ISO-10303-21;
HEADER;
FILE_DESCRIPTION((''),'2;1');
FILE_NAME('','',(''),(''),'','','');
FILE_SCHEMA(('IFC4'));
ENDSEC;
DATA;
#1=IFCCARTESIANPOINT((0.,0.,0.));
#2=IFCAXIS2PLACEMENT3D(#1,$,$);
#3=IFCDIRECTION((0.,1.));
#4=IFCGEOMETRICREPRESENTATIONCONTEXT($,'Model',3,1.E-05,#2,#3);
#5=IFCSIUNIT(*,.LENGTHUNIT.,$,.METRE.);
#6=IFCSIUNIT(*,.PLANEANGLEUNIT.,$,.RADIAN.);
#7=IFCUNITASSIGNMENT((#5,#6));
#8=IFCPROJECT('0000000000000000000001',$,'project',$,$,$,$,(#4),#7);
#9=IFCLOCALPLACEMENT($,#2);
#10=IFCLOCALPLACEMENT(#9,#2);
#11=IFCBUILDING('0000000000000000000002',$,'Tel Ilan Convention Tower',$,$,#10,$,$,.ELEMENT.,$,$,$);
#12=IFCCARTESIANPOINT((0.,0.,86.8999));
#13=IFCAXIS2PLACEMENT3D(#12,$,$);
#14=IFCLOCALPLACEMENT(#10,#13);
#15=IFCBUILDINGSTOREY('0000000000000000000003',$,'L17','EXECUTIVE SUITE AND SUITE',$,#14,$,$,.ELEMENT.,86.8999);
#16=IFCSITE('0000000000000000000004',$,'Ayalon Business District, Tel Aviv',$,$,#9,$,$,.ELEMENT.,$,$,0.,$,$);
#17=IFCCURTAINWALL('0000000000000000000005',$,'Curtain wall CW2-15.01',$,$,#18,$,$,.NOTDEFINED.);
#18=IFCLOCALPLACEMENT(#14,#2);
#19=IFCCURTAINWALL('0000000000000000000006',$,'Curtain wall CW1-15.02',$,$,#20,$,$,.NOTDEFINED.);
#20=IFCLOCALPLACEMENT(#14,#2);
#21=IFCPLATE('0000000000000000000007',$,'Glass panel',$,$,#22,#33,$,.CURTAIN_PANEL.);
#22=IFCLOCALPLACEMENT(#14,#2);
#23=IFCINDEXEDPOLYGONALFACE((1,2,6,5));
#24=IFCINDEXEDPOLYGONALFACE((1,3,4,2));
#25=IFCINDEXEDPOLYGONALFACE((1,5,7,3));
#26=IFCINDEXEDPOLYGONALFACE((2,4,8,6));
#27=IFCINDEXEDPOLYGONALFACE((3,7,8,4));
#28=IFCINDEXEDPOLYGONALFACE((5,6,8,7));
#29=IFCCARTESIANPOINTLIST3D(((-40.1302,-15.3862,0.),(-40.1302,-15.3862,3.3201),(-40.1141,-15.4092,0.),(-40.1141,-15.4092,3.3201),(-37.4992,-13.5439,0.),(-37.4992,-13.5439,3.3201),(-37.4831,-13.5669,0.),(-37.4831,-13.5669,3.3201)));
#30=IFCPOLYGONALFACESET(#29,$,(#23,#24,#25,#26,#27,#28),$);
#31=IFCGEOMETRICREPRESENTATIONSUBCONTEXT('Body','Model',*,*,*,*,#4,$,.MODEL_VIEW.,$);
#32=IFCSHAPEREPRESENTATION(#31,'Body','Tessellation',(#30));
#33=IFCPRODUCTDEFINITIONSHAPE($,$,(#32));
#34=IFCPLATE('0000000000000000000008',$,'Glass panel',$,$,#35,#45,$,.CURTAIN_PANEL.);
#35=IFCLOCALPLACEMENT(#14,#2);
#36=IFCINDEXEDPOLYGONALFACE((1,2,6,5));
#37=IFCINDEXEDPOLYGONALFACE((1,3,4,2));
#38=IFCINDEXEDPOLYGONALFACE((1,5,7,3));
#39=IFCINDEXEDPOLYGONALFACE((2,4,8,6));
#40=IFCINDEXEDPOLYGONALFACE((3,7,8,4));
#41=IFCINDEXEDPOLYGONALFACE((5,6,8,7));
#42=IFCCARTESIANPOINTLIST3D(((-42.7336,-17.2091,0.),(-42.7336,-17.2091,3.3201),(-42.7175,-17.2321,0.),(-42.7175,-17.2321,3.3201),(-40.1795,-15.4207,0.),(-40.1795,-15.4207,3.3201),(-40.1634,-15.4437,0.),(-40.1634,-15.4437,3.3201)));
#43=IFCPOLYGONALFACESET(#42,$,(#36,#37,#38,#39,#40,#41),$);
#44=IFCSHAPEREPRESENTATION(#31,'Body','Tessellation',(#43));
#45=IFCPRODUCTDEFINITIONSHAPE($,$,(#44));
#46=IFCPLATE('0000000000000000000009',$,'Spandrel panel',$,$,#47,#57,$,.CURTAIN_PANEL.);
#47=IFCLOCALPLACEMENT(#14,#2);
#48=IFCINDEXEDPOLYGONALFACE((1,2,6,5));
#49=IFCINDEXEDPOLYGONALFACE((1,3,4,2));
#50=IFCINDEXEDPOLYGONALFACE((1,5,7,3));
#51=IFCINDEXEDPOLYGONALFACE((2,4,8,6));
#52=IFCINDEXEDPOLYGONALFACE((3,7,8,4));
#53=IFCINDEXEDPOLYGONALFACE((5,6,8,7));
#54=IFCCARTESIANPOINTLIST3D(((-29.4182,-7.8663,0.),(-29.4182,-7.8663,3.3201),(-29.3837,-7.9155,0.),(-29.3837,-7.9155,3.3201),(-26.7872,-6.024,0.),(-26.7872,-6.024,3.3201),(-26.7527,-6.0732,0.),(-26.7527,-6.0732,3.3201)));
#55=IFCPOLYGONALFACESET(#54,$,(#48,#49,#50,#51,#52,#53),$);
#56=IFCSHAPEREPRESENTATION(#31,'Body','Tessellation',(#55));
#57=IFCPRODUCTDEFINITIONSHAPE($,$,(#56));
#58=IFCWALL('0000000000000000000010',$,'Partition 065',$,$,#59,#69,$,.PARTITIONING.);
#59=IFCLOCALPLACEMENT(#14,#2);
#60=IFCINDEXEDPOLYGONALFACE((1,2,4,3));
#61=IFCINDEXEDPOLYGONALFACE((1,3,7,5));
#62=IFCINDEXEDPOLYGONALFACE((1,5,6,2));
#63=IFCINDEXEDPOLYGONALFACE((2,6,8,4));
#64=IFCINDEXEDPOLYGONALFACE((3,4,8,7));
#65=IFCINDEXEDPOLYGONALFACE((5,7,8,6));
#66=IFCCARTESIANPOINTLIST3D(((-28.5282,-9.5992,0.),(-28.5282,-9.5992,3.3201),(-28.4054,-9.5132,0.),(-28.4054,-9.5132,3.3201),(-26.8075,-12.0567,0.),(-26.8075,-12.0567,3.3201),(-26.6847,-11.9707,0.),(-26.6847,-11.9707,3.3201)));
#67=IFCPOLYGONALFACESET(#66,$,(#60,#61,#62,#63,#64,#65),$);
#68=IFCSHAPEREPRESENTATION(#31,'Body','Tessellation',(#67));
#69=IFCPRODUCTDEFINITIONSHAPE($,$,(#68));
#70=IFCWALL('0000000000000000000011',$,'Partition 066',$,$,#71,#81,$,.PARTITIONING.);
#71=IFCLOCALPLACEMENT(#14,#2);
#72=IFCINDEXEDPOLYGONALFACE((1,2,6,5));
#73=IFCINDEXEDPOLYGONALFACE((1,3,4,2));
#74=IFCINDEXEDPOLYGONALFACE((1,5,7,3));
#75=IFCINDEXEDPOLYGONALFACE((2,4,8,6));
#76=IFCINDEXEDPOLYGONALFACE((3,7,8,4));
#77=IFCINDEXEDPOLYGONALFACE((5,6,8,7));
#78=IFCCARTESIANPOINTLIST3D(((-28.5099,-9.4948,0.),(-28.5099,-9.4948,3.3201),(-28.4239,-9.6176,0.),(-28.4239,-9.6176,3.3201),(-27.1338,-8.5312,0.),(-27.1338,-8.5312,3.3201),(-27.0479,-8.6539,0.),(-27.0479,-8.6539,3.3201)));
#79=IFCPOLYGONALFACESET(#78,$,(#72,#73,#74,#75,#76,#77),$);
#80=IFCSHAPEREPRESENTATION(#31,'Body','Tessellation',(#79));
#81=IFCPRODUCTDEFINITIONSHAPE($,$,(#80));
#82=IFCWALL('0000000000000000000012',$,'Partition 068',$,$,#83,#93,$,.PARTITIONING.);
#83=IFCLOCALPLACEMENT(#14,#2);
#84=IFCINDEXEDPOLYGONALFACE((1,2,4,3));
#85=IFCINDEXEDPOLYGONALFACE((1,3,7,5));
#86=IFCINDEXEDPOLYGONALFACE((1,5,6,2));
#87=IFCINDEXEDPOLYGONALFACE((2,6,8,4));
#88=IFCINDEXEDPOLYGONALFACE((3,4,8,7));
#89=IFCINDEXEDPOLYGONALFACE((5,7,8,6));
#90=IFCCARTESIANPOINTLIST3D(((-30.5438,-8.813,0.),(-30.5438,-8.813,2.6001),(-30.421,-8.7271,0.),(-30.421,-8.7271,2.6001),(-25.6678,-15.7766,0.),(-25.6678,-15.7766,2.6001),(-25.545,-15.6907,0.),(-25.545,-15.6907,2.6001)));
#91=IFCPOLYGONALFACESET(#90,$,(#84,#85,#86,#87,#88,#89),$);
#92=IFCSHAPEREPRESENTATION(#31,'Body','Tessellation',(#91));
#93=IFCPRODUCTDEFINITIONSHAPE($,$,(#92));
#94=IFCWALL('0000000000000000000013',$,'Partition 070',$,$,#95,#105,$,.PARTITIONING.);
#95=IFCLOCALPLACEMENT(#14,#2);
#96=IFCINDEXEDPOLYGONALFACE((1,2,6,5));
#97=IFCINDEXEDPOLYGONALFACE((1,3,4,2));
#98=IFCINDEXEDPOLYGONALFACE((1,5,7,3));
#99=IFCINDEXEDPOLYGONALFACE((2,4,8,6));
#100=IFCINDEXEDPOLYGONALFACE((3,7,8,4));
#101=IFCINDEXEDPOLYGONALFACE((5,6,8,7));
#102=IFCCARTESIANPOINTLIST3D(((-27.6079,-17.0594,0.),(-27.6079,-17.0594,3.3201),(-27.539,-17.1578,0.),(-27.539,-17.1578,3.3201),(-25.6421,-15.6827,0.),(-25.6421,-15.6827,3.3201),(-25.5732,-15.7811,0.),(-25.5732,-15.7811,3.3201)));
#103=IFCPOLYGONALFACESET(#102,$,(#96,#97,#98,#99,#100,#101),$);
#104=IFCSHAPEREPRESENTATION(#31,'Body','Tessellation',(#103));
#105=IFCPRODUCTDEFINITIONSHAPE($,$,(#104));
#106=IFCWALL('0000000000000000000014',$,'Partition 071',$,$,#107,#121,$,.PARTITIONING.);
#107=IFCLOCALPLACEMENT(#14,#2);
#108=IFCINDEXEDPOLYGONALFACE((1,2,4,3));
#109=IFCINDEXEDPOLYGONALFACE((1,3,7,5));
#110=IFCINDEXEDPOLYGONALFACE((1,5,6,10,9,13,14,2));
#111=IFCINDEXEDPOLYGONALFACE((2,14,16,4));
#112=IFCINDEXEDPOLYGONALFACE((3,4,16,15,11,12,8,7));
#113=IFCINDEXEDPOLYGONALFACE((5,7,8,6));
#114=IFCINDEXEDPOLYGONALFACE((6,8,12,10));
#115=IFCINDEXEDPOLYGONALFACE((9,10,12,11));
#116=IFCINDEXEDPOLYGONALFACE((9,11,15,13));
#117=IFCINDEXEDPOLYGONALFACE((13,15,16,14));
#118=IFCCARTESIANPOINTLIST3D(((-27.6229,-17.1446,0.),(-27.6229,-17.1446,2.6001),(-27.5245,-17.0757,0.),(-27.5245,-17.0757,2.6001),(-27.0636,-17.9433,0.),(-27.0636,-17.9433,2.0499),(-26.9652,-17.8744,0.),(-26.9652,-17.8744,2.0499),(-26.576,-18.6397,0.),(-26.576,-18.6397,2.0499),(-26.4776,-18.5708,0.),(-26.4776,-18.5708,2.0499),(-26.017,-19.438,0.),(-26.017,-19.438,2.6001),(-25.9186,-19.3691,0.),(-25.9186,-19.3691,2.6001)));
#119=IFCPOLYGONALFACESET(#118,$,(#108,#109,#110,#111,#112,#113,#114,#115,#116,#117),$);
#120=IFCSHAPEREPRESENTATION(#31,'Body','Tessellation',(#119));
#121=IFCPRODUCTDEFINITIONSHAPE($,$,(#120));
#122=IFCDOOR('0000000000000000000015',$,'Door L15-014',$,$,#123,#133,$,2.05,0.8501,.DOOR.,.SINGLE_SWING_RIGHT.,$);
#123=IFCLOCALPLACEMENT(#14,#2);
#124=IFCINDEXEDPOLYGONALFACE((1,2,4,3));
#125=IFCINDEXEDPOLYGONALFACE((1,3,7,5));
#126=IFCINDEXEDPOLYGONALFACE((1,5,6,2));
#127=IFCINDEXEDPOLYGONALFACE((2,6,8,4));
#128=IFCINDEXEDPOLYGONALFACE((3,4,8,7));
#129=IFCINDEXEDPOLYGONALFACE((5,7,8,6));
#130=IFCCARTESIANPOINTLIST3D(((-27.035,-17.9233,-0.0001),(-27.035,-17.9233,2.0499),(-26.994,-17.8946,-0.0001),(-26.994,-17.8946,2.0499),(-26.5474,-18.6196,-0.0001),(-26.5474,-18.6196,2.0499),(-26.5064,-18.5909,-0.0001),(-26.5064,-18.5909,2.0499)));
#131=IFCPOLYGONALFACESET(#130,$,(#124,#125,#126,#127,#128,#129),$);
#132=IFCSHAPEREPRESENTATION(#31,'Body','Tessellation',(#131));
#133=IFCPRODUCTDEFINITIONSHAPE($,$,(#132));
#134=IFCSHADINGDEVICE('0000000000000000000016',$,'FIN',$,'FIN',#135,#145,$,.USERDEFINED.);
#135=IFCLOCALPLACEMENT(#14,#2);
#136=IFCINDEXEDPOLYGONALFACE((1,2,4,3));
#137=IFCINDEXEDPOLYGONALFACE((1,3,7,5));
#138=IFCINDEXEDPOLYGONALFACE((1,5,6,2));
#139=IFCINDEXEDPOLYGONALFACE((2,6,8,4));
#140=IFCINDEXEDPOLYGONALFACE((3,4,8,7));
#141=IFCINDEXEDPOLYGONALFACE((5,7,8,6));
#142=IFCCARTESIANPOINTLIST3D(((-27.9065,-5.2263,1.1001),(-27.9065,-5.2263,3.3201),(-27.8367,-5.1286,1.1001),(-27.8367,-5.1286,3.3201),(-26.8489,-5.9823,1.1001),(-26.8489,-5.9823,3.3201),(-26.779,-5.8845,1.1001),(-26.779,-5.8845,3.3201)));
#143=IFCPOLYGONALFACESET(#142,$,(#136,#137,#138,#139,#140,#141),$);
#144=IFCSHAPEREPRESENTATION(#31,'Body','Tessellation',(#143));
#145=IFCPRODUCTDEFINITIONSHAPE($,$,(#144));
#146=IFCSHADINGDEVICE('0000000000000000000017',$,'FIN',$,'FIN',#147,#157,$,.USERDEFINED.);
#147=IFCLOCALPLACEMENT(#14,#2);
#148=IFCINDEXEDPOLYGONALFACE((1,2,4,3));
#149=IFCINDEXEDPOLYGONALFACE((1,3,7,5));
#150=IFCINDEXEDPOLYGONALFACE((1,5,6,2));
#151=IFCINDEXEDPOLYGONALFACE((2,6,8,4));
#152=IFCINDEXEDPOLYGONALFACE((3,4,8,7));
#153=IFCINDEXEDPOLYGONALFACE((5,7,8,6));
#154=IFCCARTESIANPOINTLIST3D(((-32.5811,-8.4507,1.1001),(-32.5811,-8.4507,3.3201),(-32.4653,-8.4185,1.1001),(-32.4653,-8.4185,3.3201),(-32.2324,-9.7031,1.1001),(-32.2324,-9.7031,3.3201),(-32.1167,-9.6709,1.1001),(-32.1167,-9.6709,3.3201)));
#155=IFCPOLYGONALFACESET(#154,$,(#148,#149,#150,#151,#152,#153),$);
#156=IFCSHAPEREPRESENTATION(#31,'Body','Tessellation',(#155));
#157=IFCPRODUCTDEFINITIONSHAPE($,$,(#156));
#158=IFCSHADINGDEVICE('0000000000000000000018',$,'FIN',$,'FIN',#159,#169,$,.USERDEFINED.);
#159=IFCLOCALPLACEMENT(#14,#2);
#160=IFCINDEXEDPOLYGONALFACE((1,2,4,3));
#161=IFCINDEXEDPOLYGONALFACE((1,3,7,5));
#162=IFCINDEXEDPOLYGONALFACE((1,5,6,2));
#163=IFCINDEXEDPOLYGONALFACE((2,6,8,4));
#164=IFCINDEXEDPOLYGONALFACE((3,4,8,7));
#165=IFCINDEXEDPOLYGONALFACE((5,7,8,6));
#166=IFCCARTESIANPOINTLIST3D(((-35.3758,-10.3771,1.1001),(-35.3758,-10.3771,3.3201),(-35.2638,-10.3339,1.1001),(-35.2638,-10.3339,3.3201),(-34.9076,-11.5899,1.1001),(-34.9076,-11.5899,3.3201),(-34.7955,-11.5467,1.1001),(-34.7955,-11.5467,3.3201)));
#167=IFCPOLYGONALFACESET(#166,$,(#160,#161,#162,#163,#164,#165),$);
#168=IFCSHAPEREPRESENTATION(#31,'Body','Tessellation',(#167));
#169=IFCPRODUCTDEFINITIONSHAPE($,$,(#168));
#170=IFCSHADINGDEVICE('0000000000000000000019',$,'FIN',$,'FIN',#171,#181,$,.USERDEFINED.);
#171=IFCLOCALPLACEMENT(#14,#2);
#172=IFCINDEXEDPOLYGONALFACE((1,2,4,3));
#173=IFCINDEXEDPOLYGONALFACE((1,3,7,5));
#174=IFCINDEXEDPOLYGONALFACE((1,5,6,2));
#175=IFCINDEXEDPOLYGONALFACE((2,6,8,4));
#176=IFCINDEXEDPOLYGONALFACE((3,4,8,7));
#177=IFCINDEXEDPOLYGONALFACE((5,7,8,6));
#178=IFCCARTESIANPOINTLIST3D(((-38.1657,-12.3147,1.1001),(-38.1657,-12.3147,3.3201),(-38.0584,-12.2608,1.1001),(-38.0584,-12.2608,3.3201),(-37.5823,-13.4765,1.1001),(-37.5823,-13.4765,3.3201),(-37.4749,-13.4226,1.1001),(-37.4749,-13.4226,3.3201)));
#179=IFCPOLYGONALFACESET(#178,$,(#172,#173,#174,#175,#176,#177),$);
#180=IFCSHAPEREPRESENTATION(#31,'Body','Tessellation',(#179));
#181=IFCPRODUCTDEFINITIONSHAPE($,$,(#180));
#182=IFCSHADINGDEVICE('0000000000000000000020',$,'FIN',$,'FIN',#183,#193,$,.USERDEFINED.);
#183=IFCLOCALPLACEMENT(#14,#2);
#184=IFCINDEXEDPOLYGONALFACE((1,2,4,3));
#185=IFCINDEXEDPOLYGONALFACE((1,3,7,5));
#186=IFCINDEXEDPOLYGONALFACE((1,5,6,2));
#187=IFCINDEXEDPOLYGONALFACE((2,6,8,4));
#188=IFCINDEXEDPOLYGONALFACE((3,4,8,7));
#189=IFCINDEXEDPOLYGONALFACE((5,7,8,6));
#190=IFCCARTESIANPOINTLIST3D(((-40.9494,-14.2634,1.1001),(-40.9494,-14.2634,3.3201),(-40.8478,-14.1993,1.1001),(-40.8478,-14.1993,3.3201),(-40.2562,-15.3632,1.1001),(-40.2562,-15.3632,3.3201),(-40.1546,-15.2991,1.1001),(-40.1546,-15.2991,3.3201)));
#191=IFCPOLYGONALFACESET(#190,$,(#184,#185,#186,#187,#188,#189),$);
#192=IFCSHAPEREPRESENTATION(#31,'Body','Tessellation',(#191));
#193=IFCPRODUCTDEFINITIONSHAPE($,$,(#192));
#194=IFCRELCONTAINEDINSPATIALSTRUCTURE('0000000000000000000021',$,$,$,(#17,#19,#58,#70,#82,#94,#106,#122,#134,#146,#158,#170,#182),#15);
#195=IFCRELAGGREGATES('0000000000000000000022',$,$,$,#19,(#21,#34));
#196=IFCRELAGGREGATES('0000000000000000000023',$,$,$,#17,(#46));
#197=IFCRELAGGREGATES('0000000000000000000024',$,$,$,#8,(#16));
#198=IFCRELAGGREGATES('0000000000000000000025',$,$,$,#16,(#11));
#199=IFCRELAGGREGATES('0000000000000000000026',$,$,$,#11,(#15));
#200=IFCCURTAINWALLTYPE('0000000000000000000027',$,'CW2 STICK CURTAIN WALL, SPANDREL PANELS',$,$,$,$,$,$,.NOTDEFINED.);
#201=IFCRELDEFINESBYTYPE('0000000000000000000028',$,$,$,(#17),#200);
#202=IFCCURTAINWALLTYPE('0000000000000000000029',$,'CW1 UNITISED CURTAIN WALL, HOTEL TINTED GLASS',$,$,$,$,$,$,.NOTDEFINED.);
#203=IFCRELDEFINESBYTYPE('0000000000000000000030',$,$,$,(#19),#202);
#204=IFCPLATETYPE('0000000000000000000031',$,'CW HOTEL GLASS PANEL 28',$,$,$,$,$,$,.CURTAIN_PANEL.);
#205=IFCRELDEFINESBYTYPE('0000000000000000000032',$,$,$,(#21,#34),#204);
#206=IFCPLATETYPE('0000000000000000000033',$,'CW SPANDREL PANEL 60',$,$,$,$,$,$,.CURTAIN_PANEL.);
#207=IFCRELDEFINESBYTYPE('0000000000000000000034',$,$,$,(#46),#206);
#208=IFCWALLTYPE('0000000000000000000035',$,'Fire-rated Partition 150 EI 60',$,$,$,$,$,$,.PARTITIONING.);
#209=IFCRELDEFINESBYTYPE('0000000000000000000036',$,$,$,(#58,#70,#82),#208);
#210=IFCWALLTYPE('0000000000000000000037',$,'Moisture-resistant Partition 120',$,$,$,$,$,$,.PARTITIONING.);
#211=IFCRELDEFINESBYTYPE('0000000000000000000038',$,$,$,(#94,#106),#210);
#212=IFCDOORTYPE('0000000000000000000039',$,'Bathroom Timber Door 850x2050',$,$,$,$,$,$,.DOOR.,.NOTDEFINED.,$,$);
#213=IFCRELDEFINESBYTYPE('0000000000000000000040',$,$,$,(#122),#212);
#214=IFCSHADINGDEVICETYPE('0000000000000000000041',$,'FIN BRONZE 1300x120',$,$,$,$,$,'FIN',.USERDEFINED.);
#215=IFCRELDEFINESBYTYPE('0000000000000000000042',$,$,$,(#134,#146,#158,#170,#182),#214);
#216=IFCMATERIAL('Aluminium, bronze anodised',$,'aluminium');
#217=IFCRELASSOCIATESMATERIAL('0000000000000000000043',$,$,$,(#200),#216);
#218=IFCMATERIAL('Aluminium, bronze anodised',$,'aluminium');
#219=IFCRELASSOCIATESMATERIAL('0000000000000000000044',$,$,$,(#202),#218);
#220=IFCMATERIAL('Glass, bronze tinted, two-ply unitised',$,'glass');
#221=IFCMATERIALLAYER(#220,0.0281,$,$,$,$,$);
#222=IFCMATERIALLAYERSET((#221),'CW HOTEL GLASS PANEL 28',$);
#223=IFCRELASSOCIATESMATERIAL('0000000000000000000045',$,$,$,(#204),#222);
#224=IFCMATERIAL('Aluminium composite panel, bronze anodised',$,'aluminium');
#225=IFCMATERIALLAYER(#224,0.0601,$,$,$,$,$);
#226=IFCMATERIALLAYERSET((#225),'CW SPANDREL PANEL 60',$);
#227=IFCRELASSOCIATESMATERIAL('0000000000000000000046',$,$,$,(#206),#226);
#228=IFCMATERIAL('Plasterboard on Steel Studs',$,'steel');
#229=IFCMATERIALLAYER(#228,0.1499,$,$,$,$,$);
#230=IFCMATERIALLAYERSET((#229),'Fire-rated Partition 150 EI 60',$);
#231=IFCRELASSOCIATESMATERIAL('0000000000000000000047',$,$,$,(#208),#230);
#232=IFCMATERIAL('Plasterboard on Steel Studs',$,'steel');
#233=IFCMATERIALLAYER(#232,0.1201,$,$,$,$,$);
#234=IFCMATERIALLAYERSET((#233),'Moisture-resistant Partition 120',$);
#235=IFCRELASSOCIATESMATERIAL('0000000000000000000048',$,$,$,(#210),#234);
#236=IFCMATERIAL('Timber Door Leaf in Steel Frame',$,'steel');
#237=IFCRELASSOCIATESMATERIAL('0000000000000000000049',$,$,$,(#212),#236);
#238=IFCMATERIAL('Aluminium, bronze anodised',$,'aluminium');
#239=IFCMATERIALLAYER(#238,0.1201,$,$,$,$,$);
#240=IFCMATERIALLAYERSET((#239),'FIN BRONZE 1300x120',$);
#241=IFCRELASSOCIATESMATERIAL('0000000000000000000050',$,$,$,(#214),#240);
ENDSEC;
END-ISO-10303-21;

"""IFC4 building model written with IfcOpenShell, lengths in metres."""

from ifc_helpers import new_model, si_unit, direction, frame, frame_2d, origin, origin_2d, place, context, subcontext, project, spatial, rectangle, extrude, material, layer, layer_set, type_object, element, fill, aggregate, save


model = new_model("IFC4")

# Units and contexts
model_context = context("Model", 3, precision=1e-05, world=origin(), true_north=direction((0.0, 1.0)))
body_context = subcontext(model_context, "Body", "Model", "MODEL_VIEW")
ifc_project = project(units=[si_unit("LENGTHUNIT", "METRE"), si_unit("PLANEANGLEUNIT", "RADIAN")], contexts=[model_context])

# Site, building, storey
site_placement = place(None, origin())
site = spatial("IfcSite", under=ifc_project, at=site_placement, Name="Ayalon Business District, Tel Aviv", CompositionType="ELEMENT", RefElevation=0.0)
building_placement = place(site_placement, origin())
building = spatial("IfcBuilding", under=site, at=building_placement, Name="Tel Ilan Convention Tower", CompositionType="ELEMENT")
storey_placement = place(building_placement, frame((0.0, 0.0, 86.8999)))
storey = spatial("IfcBuildingStorey", under=building, at=storey_placement, Name="L17", Description="EXECUTIVE SUITE AND SUITE", CompositionType="ELEMENT", Elevation=86.8999)

# Curtain wall
ifc_material_1 = material(Name="Aluminium, bronze anodised", Category="aluminium")
curtain_wall_type_1 = type_object("IfcCurtainWallType", Name="CW2 STICK CURTAIN WALL, SPANDREL PANELS", PredefinedType="NOTDEFINED", material=ifc_material_1)
curtain_wall_1_placement = place(storey_placement, origin())
curtain_wall_1 = element("IfcCurtainWall", 1, at=curtain_wall_1_placement, inside=storey, type_object=curtain_wall_type_1, Name="Curtain wall CW2-15.01", PredefinedType="NOTDEFINED")

# Curtain wall, plates
ifc_material_2 = material(Name="Aluminium, bronze anodised", Category="aluminium")
curtain_wall_type_2 = type_object("IfcCurtainWallType", Name="CW1 UNITISED CURTAIN WALL, HOTEL TINTED GLASS", PredefinedType="NOTDEFINED", material=ifc_material_2)
curtain_wall_2_placement = place(storey_placement, origin())
curtain_wall_2 = element("IfcCurtainWall", 2, at=curtain_wall_2_placement, inside=storey, type_object=curtain_wall_type_2, Name="Curtain wall CW1-15.02", PredefinedType="NOTDEFINED")
ifc_material_3 = material(Name="Glass, bronze tinted, two-ply unitised", Category="glass")
ifc_layer_1 = layer(ifc_material_3, 0.0281)
ifc_layer_set_1 = layer_set([ifc_layer_1], Name="CW HOTEL GLASS PANEL 28")
plate_type_1 = type_object("IfcPlateType", Name="CW HOTEL GLASS PANEL 28", PredefinedType="CURTAIN_PANEL", material=ifc_layer_set_1)
plate_1_placement = place(storey_placement, frame((-38.8066, -14.4766, 0.0), z_axis=(0.0, 0.0, 1.0), x_axis=(-0.819152, -0.573576, 0.0)))
plate_1 = element("IfcPlate", 3, at=plate_1_placement, type_object=plate_type_1, Name="Glass panel", PredefinedType="CURTAIN_PANEL", context=body_context, shape_type="SweptSolid", body=[
    extrude(rectangle(XDim=3.2119, YDim=0.0281, at=origin_2d()), origin(), (0.0, 0.0, 1.0), 3.3201),
])
plate_2_placement = place(storey_placement, frame((-41.4485, -16.3264, 0.0), z_axis=(0.0, 0.0, 1.0), x_axis=(-0.819152, -0.573576, 0.0)))
plate_2 = element("IfcPlate", 4, at=plate_2_placement, type_object=plate_type_1, Name="Glass panel", PredefinedType="CURTAIN_PANEL", context=body_context, shape_type="SweptSolid", body=[
    extrude(rectangle(XDim=3.1179, YDim=0.0281, at=origin_2d()), origin(), (0.0, 0.0, 1.0), 3.3201),
])
aggregate(curtain_wall_2, [plate_1, plate_2])

# Plate
ifc_material_4 = material(Name="Aluminium composite panel, bronze anodised", Category="aluminium")
ifc_layer_2 = layer(ifc_material_4, 0.0601)
ifc_layer_set_2 = layer_set([ifc_layer_2], Name="CW SPANDREL PANEL 60")
plate_type_2 = type_object("IfcPlateType", Name="CW SPANDREL PANEL 60", PredefinedType="CURTAIN_PANEL", material=ifc_layer_set_2)
plate_3_placement = place(storey_placement, frame((-28.0854, -6.9697, 0.0), z_axis=(0.0, 0.0, 1.0), x_axis=(-0.819152, -0.573576, 0.0)))
plate_3 = element("IfcPlate", 5, at=plate_3_placement, type_object=plate_type_2, Name="Spandrel panel", PredefinedType="CURTAIN_PANEL", context=body_context, shape_type="SweptSolid", body=[
    extrude(rectangle(XDim=3.2119, YDim=0.0601, at=origin_2d()), origin(), (0.0, 0.0, 1.0), 3.3201),
])
aggregate(curtain_wall_1, [plate_3])

# Walls
ifc_material_5 = material(Name="Plasterboard on Steel Studs", Category="steel")
ifc_layer_3 = layer(ifc_material_5, 0.1499)
ifc_layer_set_3 = layer_set([ifc_layer_3], Name="Fire-rated Partition 150 EI 60")
wall_type_1 = type_object("IfcWallType", Name="Fire-rated Partition 150 EI 60", PredefinedType="PARTITIONING", material=ifc_layer_set_3)
wall_1_placement = place(storey_placement, frame((-26.7461, -12.0137, 0.0), z_axis=(0.0, 0.0, 1.0), x_axis=(-0.573561, 0.819163, 0.0)))
element("IfcWall", 6, at=wall_1_placement, inside=storey, type_object=wall_type_1, Name="Partition 065", PredefinedType="PARTITIONING", context=body_context, shape_type="SweptSolid", body=[
    extrude(rectangle(XDim=3.0, YDim=0.1499, at=frame_2d((1.5, 0.0))), origin(), (0.0, 0.0, 1.0), 3.3201),
])
wall_2_placement = place(storey_placement, frame((-28.4668, -9.5562, 0.0), z_axis=(0.0, 0.0, 1.0), x_axis=(0.819109, 0.573638, 0.0)))
element("IfcWall", 7, at=wall_2_placement, inside=storey, type_object=wall_type_1, Name="Partition 066", PredefinedType="PARTITIONING", context=body_context, shape_type="SweptSolid", body=[
    extrude(rectangle(XDim=1.6799, YDim=0.1499, at=frame_2d((0.8398, 0.0))), origin(), (0.0, 0.0, 1.0), 3.3201),
])
wall_3_placement = place(storey_placement, frame((-25.6064, -15.7336, 0.0), z_axis=(0.0, 0.0, 1.0), x_axis=(-0.573576, 0.819152, 0.0)))
element("IfcWall", 8, at=wall_3_placement, inside=storey, type_object=wall_type_1, Name="Partition 068", PredefinedType="PARTITIONING", context=body_context, shape_type="SweptSolid", body=[
    extrude(rectangle(XDim=8.501, YDim=0.1499, at=frame_2d((4.2505, 0.0))), origin(), (0.0, 0.0, 1.0), 2.6001),
])
ifc_material_6 = material(Name="Plasterboard on Steel Studs", Category="steel")
ifc_layer_4 = layer(ifc_material_6, 0.1201)
ifc_layer_set_4 = layer_set([ifc_layer_4], Name="Moisture-resistant Partition 120")
wall_type_2 = type_object("IfcWallType", Name="Moisture-resistant Partition 120", PredefinedType="PARTITIONING", material=ifc_layer_set_4)
wall_4_placement = place(storey_placement, frame((-25.6077, -15.7319, 0.0), z_axis=(0.0, 0.0, 1.0), x_axis=(-0.819108, -0.57364, 0.0)))
element("IfcWall", 9, at=wall_4_placement, inside=storey, type_object=wall_type_2, Name="Partition 070", PredefinedType="PARTITIONING", context=body_context, shape_type="SweptSolid", body=[
    extrude(rectangle(XDim=2.3999, YDim=0.1201, at=frame_2d((1.2, 0.0))), origin(), (0.0, 0.0, 1.0), 3.3201),
])

# Wall, opening, door
wall_5_placement = place(storey_placement, frame((-27.5737, -17.1101, 0.0), z_axis=(0.0, 0.0, 1.0), x_axis=(0.573591, -0.819142, 0.0)))
wall_5 = element("IfcWall", 10, at=wall_5_placement, inside=storey, type_object=wall_type_2, Name="Partition 071", PredefinedType="PARTITIONING", context=body_context, shape_type="SweptSolid", body=[
    extrude(rectangle(XDim=2.7998, YDim=0.1201, at=frame_2d((1.3999, 0.0))), origin(), (0.0, 0.0, 1.0), 2.6001),
])
opening_placement = place(wall_5_placement, frame((0.9751, 0.0, 0.0)))
opening = element("IfcOpeningElement", 11, at=opening_placement, cuts=wall_5, PredefinedType="OPENING", context=body_context, shape_type="SweptSolid", body=[
    extrude(rectangle(XDim=0.8501, YDim=2.05, at=frame_2d((0.425, 1.0249))), frame((0.0, 0.0701, 0.0), z_axis=(0.0, -1.0, 0.0), x_axis=(1.0, 0.0, 0.0)), (0.0, 0.0, 1.0), 0.1401),
])
ifc_material_7 = material(Name="Timber Door Leaf in Steel Frame", Category="steel")
door_type = type_object("IfcDoorType", Name="Bathroom Timber Door 850x2050", OperationType="NOTDEFINED", PredefinedType="DOOR", material=ifc_material_7)
door_placement = place(opening_placement, origin())
door = element("IfcDoor", 12, at=door_placement, inside=storey, type_object=door_type, Name="Door L15-014", OperationType="SINGLE_SWING_RIGHT", OverallHeight=2.05, OverallWidth=0.8501, PredefinedType="DOOR", context=body_context, shape_type="SweptSolid", body=[
    extrude(rectangle(XDim=0.8501, YDim=2.05, at=frame_2d((0.425, 1.0249))), frame((0.0, 0.0249, 0.0), z_axis=(0.0, -1.0, 0.0), x_axis=(1.0, 0.0, 0.0)), (0.0, 0.0, 1.0), 0.05),
])
fill(opening, door)

# Shading devices
ifc_material_8 = material(Name="Aluminium, bronze anodised", Category="aluminium")
ifc_layer_5 = layer(ifc_material_8, 0.1201)
ifc_layer_set_5 = layer_set([ifc_layer_5], Name="FIN BRONZE 1300x120")
shading_device_type = type_object("IfcShadingDeviceType", Name="FIN BRONZE 1300x120", ElementType="FIN", PredefinedType="USERDEFINED", material=ifc_layer_set_5)
for number, where, z_axis, x_axis, name in (
    (13, (-27.3428, -5.5554, 1.1001), (0.0, 0.0, 1.0), (-0.813552, 0.581492, 0.0), "FIN"),
    (14, (-32.3489, -9.0608, 1.1001), (0.0, 0.0, 1.0), (-0.268173, 0.963371, 0.0), "FIN"),
    (15, (-35.0857, -10.9619, 1.1001), (0.0, 0.0, 1.0), (-0.360178, 0.932884, 0.0), "FIN"),
    (16, (-37.8203, -12.8687, 1.1001), (0.0, 0.0, 1.0), (-0.448799, 0.893633, 0.0), "FIN"),
    (17, (-40.552, -14.7812, 1.1001), (0.0, 0.0, 1.0), (-0.533204, 0.845986, 0.0), "FIN"),
):
    element("IfcShadingDevice", number, at=place(storey_placement, frame(where, z_axis=z_axis, x_axis=x_axis)), inside=storey, type_object=shading_device_type, Name=name, ObjectType="FIN", PredefinedType="USERDEFINED", context=body_context, shape_type="SweptSolid", body=[
        extrude(rectangle(XDim=1.3, YDim=0.1201, at=origin_2d()), origin(), (0.0, 0.0, 1.0), 2.22),
    ])

save(model, "model.ifc")
